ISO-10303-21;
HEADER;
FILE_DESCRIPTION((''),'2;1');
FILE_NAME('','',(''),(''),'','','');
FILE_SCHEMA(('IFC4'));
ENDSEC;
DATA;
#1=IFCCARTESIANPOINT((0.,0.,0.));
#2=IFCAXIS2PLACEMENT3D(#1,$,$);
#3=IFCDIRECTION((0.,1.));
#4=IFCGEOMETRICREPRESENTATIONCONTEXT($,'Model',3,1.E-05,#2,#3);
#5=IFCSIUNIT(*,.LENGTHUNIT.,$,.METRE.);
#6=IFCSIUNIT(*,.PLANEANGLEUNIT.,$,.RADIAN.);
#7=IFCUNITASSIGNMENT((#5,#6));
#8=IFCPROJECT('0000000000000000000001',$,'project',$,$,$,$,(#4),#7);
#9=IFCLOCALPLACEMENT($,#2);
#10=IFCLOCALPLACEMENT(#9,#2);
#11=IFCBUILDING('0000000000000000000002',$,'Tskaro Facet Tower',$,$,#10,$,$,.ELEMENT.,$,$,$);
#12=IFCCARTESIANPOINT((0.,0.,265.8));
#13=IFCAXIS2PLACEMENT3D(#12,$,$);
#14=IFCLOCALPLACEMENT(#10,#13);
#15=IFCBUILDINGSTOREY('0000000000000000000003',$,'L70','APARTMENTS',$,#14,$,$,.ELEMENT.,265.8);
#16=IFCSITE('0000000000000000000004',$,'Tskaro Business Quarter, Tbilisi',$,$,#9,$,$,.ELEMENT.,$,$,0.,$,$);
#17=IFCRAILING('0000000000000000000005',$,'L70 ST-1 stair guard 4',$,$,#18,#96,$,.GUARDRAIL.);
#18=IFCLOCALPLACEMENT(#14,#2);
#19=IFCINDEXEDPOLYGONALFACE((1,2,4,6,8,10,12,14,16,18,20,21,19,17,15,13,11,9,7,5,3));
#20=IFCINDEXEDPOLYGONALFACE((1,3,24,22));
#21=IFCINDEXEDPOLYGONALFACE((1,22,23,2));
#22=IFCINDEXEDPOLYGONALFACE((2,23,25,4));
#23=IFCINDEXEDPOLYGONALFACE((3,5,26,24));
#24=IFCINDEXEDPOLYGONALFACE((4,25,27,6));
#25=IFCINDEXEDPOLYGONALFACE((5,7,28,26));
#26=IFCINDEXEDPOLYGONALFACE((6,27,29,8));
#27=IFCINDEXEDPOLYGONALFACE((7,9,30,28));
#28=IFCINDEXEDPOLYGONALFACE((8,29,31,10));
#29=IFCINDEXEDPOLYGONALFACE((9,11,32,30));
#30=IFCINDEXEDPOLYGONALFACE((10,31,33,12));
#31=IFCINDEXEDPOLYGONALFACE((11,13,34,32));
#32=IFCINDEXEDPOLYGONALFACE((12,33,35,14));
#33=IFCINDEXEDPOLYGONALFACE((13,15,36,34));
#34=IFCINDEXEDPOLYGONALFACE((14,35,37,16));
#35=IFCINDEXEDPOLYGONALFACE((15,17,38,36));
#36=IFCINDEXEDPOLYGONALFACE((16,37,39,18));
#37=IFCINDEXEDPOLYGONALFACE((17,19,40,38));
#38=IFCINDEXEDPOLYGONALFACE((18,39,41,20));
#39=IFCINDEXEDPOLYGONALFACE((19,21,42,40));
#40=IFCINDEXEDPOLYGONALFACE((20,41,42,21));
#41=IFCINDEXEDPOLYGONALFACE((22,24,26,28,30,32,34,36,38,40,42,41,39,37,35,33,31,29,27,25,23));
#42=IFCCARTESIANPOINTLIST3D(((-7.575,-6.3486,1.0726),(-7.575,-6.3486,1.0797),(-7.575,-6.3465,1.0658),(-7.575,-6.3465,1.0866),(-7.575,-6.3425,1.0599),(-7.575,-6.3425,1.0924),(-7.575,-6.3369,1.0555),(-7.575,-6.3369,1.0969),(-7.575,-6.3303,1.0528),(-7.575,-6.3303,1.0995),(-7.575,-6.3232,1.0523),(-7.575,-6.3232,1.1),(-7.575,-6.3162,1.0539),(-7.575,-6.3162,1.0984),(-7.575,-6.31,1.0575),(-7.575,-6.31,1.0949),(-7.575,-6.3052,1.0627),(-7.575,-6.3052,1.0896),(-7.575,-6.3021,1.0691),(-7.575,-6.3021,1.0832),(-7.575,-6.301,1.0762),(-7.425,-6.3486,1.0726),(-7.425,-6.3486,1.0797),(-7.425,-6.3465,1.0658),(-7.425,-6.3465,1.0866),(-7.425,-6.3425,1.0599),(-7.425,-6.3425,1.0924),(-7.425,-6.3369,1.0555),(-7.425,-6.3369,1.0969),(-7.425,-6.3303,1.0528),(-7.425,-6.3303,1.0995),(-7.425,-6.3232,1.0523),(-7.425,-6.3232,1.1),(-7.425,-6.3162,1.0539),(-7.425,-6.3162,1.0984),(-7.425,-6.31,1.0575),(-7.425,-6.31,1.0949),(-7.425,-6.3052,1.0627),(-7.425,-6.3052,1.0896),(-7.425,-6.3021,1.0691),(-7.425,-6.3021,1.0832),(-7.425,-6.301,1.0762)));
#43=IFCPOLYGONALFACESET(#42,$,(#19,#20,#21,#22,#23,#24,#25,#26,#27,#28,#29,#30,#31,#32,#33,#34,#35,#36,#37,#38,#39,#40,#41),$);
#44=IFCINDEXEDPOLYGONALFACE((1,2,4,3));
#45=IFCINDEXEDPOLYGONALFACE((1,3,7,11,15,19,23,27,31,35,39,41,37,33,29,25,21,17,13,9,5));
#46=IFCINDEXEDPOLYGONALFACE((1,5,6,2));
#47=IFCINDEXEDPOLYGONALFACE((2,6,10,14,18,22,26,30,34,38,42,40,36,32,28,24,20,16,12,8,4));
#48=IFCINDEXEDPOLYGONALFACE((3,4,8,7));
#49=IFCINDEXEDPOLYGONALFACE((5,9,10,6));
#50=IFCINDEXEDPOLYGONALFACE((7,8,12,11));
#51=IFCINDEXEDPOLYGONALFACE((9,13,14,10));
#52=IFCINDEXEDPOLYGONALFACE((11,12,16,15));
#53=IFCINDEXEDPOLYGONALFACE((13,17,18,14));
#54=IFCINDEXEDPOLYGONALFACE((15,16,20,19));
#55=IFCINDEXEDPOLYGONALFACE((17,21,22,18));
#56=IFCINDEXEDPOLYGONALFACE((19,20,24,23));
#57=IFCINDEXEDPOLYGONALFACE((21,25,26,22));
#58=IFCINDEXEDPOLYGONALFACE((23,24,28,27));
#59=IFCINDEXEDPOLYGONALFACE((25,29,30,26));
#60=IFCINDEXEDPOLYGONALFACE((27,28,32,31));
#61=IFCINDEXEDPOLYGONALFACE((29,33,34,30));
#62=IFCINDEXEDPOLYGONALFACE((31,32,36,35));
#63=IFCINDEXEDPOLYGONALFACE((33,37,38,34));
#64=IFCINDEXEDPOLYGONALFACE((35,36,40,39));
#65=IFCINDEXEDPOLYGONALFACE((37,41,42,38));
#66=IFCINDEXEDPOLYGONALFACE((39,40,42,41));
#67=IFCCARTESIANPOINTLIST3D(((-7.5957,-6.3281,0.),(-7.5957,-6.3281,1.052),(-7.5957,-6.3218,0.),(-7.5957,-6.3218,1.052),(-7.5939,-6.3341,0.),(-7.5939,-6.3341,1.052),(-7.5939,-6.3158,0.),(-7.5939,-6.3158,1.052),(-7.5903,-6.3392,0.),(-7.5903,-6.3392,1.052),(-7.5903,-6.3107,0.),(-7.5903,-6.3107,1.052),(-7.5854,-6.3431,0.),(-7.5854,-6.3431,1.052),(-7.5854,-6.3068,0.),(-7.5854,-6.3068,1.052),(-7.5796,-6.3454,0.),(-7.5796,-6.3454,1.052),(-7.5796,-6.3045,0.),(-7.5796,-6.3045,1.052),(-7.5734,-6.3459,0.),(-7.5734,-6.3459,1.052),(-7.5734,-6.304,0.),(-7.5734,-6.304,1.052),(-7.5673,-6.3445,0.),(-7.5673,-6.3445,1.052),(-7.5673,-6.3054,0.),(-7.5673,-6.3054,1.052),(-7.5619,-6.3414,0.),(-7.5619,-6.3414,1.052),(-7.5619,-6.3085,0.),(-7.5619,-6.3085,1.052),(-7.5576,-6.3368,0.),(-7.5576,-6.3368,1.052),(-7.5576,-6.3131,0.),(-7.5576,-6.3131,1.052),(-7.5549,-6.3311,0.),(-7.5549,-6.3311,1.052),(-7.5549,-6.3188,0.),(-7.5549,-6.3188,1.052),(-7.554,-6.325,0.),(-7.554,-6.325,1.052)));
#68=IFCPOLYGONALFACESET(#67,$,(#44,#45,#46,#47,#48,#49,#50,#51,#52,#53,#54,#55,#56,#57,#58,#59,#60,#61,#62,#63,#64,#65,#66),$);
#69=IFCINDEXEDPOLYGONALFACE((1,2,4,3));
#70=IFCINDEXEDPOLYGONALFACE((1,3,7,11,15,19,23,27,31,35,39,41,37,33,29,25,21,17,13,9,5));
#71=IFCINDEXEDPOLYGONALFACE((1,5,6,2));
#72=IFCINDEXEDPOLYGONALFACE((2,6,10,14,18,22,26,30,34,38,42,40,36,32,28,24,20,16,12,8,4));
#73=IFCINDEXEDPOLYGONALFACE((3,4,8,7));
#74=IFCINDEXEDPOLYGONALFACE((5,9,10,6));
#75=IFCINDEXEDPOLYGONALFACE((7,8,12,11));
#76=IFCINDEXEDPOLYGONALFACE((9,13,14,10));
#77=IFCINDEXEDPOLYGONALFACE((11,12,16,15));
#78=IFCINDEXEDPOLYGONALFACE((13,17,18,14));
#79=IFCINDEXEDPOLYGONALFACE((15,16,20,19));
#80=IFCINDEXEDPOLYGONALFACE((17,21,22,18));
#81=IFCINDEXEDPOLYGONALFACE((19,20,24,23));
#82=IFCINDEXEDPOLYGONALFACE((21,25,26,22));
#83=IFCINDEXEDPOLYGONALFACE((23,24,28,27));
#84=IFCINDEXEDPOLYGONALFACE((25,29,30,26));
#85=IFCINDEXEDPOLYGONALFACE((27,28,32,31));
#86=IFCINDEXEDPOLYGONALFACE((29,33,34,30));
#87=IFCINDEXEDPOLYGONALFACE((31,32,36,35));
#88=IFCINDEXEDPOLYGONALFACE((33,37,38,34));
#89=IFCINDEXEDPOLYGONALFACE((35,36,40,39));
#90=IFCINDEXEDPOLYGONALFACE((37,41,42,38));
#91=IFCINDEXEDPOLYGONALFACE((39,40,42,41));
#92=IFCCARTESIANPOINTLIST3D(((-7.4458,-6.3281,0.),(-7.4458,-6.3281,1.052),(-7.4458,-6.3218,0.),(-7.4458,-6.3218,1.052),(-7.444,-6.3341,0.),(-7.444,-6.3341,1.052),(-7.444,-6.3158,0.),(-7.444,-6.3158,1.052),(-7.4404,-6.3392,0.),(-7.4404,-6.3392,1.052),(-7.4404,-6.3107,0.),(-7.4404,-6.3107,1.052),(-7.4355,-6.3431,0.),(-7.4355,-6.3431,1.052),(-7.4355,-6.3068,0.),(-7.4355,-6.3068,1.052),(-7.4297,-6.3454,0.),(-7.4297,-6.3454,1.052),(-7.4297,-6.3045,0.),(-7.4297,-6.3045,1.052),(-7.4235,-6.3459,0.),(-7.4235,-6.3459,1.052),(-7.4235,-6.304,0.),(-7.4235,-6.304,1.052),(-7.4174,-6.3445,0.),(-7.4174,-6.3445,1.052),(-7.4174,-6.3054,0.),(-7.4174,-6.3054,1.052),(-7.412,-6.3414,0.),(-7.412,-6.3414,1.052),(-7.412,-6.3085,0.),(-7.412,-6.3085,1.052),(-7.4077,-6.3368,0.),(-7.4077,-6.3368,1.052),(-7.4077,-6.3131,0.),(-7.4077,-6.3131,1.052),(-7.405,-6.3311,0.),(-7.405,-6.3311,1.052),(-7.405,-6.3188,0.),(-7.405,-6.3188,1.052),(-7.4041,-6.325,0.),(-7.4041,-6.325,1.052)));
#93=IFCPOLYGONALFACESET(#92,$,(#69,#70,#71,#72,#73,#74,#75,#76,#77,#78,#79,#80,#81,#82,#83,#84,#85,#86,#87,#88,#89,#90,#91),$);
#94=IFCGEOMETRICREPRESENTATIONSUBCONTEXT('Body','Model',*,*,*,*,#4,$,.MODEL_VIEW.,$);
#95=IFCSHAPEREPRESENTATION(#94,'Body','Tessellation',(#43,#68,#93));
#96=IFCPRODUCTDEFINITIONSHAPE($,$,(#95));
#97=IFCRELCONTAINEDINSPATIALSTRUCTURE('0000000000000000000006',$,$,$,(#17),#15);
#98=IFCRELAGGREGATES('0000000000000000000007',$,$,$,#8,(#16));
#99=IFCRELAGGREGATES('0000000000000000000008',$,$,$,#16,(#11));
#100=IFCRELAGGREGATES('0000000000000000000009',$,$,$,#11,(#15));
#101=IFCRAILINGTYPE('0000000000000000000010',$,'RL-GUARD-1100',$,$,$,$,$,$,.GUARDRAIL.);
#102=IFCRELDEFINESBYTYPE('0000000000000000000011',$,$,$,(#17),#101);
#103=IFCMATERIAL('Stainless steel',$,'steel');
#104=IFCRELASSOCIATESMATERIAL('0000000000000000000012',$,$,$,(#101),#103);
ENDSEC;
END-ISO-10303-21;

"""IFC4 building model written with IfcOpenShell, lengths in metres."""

from ifc_helpers import new_model, si_unit, direction, frame, origin, origin_2d, place, context, subcontext, project, spatial, circle, extrude, material, type_object, element, save


model = new_model("IFC4")

# Units and contexts
model_context = context("Model", 3, precision=1e-05, world=origin(), true_north=direction((0.0, 1.0)))
body_context = subcontext(model_context, "Body", "Model", "MODEL_VIEW")
ifc_project = project(units=[si_unit("LENGTHUNIT", "METRE"), si_unit("PLANEANGLEUNIT", "RADIAN")], contexts=[model_context])

# Site, building, storey
site_placement = place(None, origin())
site = spatial("IfcSite", under=ifc_project, at=site_placement, Name="Tskaro Business Quarter, Tbilisi", CompositionType="ELEMENT", RefElevation=0.0)
building_placement = place(site_placement, origin())
building = spatial("IfcBuilding", under=site, at=building_placement, Name="Tskaro Facet Tower", CompositionType="ELEMENT")
storey_placement = place(building_placement, frame((0.0, 0.0, 265.8)))
storey = spatial("IfcBuildingStorey", under=building, at=storey_placement, Name="L70", Description="APARTMENTS", CompositionType="ELEMENT", Elevation=265.8)

# Shared definitions
ifc_material_1 = material(Name="Stainless steel", Category="steel")

# Railing
railing_type_1 = type_object("IfcRailingType", Name="RL-GUARD-1100", PredefinedType="GUARDRAIL", material=ifc_material_1)
railing_1_placement = place(storey_placement, frame((-7.575, -6.325, 0.0)))
element("IfcRailing", 1, at=railing_1_placement, inside=storey, type_object=railing_type_1, Name="L70 ST-1 stair guard 4", PredefinedType="GUARDRAIL", context=body_context, shape_type="SweptSolid", body=[
    extrude(circle(Radius=0.0239, at=origin_2d()), frame((0.0, 0.0, 1.0762), z_axis=(1.0, 0.0, 0.0), x_axis=(0.0, 1.0, 0.0)), (0.0, 0.0, 1.0), 0.1499),
    extrude(circle(Radius=0.021, at=origin_2d()), origin(), (0.0, 0.0, 1.0), 1.052),
    extrude(circle(Radius=0.021, at=origin_2d()), frame((0.1499, 0.0, 0.0)), (0.0, 0.0, 1.0), 1.052),
])

save(model, "model.ifc")
